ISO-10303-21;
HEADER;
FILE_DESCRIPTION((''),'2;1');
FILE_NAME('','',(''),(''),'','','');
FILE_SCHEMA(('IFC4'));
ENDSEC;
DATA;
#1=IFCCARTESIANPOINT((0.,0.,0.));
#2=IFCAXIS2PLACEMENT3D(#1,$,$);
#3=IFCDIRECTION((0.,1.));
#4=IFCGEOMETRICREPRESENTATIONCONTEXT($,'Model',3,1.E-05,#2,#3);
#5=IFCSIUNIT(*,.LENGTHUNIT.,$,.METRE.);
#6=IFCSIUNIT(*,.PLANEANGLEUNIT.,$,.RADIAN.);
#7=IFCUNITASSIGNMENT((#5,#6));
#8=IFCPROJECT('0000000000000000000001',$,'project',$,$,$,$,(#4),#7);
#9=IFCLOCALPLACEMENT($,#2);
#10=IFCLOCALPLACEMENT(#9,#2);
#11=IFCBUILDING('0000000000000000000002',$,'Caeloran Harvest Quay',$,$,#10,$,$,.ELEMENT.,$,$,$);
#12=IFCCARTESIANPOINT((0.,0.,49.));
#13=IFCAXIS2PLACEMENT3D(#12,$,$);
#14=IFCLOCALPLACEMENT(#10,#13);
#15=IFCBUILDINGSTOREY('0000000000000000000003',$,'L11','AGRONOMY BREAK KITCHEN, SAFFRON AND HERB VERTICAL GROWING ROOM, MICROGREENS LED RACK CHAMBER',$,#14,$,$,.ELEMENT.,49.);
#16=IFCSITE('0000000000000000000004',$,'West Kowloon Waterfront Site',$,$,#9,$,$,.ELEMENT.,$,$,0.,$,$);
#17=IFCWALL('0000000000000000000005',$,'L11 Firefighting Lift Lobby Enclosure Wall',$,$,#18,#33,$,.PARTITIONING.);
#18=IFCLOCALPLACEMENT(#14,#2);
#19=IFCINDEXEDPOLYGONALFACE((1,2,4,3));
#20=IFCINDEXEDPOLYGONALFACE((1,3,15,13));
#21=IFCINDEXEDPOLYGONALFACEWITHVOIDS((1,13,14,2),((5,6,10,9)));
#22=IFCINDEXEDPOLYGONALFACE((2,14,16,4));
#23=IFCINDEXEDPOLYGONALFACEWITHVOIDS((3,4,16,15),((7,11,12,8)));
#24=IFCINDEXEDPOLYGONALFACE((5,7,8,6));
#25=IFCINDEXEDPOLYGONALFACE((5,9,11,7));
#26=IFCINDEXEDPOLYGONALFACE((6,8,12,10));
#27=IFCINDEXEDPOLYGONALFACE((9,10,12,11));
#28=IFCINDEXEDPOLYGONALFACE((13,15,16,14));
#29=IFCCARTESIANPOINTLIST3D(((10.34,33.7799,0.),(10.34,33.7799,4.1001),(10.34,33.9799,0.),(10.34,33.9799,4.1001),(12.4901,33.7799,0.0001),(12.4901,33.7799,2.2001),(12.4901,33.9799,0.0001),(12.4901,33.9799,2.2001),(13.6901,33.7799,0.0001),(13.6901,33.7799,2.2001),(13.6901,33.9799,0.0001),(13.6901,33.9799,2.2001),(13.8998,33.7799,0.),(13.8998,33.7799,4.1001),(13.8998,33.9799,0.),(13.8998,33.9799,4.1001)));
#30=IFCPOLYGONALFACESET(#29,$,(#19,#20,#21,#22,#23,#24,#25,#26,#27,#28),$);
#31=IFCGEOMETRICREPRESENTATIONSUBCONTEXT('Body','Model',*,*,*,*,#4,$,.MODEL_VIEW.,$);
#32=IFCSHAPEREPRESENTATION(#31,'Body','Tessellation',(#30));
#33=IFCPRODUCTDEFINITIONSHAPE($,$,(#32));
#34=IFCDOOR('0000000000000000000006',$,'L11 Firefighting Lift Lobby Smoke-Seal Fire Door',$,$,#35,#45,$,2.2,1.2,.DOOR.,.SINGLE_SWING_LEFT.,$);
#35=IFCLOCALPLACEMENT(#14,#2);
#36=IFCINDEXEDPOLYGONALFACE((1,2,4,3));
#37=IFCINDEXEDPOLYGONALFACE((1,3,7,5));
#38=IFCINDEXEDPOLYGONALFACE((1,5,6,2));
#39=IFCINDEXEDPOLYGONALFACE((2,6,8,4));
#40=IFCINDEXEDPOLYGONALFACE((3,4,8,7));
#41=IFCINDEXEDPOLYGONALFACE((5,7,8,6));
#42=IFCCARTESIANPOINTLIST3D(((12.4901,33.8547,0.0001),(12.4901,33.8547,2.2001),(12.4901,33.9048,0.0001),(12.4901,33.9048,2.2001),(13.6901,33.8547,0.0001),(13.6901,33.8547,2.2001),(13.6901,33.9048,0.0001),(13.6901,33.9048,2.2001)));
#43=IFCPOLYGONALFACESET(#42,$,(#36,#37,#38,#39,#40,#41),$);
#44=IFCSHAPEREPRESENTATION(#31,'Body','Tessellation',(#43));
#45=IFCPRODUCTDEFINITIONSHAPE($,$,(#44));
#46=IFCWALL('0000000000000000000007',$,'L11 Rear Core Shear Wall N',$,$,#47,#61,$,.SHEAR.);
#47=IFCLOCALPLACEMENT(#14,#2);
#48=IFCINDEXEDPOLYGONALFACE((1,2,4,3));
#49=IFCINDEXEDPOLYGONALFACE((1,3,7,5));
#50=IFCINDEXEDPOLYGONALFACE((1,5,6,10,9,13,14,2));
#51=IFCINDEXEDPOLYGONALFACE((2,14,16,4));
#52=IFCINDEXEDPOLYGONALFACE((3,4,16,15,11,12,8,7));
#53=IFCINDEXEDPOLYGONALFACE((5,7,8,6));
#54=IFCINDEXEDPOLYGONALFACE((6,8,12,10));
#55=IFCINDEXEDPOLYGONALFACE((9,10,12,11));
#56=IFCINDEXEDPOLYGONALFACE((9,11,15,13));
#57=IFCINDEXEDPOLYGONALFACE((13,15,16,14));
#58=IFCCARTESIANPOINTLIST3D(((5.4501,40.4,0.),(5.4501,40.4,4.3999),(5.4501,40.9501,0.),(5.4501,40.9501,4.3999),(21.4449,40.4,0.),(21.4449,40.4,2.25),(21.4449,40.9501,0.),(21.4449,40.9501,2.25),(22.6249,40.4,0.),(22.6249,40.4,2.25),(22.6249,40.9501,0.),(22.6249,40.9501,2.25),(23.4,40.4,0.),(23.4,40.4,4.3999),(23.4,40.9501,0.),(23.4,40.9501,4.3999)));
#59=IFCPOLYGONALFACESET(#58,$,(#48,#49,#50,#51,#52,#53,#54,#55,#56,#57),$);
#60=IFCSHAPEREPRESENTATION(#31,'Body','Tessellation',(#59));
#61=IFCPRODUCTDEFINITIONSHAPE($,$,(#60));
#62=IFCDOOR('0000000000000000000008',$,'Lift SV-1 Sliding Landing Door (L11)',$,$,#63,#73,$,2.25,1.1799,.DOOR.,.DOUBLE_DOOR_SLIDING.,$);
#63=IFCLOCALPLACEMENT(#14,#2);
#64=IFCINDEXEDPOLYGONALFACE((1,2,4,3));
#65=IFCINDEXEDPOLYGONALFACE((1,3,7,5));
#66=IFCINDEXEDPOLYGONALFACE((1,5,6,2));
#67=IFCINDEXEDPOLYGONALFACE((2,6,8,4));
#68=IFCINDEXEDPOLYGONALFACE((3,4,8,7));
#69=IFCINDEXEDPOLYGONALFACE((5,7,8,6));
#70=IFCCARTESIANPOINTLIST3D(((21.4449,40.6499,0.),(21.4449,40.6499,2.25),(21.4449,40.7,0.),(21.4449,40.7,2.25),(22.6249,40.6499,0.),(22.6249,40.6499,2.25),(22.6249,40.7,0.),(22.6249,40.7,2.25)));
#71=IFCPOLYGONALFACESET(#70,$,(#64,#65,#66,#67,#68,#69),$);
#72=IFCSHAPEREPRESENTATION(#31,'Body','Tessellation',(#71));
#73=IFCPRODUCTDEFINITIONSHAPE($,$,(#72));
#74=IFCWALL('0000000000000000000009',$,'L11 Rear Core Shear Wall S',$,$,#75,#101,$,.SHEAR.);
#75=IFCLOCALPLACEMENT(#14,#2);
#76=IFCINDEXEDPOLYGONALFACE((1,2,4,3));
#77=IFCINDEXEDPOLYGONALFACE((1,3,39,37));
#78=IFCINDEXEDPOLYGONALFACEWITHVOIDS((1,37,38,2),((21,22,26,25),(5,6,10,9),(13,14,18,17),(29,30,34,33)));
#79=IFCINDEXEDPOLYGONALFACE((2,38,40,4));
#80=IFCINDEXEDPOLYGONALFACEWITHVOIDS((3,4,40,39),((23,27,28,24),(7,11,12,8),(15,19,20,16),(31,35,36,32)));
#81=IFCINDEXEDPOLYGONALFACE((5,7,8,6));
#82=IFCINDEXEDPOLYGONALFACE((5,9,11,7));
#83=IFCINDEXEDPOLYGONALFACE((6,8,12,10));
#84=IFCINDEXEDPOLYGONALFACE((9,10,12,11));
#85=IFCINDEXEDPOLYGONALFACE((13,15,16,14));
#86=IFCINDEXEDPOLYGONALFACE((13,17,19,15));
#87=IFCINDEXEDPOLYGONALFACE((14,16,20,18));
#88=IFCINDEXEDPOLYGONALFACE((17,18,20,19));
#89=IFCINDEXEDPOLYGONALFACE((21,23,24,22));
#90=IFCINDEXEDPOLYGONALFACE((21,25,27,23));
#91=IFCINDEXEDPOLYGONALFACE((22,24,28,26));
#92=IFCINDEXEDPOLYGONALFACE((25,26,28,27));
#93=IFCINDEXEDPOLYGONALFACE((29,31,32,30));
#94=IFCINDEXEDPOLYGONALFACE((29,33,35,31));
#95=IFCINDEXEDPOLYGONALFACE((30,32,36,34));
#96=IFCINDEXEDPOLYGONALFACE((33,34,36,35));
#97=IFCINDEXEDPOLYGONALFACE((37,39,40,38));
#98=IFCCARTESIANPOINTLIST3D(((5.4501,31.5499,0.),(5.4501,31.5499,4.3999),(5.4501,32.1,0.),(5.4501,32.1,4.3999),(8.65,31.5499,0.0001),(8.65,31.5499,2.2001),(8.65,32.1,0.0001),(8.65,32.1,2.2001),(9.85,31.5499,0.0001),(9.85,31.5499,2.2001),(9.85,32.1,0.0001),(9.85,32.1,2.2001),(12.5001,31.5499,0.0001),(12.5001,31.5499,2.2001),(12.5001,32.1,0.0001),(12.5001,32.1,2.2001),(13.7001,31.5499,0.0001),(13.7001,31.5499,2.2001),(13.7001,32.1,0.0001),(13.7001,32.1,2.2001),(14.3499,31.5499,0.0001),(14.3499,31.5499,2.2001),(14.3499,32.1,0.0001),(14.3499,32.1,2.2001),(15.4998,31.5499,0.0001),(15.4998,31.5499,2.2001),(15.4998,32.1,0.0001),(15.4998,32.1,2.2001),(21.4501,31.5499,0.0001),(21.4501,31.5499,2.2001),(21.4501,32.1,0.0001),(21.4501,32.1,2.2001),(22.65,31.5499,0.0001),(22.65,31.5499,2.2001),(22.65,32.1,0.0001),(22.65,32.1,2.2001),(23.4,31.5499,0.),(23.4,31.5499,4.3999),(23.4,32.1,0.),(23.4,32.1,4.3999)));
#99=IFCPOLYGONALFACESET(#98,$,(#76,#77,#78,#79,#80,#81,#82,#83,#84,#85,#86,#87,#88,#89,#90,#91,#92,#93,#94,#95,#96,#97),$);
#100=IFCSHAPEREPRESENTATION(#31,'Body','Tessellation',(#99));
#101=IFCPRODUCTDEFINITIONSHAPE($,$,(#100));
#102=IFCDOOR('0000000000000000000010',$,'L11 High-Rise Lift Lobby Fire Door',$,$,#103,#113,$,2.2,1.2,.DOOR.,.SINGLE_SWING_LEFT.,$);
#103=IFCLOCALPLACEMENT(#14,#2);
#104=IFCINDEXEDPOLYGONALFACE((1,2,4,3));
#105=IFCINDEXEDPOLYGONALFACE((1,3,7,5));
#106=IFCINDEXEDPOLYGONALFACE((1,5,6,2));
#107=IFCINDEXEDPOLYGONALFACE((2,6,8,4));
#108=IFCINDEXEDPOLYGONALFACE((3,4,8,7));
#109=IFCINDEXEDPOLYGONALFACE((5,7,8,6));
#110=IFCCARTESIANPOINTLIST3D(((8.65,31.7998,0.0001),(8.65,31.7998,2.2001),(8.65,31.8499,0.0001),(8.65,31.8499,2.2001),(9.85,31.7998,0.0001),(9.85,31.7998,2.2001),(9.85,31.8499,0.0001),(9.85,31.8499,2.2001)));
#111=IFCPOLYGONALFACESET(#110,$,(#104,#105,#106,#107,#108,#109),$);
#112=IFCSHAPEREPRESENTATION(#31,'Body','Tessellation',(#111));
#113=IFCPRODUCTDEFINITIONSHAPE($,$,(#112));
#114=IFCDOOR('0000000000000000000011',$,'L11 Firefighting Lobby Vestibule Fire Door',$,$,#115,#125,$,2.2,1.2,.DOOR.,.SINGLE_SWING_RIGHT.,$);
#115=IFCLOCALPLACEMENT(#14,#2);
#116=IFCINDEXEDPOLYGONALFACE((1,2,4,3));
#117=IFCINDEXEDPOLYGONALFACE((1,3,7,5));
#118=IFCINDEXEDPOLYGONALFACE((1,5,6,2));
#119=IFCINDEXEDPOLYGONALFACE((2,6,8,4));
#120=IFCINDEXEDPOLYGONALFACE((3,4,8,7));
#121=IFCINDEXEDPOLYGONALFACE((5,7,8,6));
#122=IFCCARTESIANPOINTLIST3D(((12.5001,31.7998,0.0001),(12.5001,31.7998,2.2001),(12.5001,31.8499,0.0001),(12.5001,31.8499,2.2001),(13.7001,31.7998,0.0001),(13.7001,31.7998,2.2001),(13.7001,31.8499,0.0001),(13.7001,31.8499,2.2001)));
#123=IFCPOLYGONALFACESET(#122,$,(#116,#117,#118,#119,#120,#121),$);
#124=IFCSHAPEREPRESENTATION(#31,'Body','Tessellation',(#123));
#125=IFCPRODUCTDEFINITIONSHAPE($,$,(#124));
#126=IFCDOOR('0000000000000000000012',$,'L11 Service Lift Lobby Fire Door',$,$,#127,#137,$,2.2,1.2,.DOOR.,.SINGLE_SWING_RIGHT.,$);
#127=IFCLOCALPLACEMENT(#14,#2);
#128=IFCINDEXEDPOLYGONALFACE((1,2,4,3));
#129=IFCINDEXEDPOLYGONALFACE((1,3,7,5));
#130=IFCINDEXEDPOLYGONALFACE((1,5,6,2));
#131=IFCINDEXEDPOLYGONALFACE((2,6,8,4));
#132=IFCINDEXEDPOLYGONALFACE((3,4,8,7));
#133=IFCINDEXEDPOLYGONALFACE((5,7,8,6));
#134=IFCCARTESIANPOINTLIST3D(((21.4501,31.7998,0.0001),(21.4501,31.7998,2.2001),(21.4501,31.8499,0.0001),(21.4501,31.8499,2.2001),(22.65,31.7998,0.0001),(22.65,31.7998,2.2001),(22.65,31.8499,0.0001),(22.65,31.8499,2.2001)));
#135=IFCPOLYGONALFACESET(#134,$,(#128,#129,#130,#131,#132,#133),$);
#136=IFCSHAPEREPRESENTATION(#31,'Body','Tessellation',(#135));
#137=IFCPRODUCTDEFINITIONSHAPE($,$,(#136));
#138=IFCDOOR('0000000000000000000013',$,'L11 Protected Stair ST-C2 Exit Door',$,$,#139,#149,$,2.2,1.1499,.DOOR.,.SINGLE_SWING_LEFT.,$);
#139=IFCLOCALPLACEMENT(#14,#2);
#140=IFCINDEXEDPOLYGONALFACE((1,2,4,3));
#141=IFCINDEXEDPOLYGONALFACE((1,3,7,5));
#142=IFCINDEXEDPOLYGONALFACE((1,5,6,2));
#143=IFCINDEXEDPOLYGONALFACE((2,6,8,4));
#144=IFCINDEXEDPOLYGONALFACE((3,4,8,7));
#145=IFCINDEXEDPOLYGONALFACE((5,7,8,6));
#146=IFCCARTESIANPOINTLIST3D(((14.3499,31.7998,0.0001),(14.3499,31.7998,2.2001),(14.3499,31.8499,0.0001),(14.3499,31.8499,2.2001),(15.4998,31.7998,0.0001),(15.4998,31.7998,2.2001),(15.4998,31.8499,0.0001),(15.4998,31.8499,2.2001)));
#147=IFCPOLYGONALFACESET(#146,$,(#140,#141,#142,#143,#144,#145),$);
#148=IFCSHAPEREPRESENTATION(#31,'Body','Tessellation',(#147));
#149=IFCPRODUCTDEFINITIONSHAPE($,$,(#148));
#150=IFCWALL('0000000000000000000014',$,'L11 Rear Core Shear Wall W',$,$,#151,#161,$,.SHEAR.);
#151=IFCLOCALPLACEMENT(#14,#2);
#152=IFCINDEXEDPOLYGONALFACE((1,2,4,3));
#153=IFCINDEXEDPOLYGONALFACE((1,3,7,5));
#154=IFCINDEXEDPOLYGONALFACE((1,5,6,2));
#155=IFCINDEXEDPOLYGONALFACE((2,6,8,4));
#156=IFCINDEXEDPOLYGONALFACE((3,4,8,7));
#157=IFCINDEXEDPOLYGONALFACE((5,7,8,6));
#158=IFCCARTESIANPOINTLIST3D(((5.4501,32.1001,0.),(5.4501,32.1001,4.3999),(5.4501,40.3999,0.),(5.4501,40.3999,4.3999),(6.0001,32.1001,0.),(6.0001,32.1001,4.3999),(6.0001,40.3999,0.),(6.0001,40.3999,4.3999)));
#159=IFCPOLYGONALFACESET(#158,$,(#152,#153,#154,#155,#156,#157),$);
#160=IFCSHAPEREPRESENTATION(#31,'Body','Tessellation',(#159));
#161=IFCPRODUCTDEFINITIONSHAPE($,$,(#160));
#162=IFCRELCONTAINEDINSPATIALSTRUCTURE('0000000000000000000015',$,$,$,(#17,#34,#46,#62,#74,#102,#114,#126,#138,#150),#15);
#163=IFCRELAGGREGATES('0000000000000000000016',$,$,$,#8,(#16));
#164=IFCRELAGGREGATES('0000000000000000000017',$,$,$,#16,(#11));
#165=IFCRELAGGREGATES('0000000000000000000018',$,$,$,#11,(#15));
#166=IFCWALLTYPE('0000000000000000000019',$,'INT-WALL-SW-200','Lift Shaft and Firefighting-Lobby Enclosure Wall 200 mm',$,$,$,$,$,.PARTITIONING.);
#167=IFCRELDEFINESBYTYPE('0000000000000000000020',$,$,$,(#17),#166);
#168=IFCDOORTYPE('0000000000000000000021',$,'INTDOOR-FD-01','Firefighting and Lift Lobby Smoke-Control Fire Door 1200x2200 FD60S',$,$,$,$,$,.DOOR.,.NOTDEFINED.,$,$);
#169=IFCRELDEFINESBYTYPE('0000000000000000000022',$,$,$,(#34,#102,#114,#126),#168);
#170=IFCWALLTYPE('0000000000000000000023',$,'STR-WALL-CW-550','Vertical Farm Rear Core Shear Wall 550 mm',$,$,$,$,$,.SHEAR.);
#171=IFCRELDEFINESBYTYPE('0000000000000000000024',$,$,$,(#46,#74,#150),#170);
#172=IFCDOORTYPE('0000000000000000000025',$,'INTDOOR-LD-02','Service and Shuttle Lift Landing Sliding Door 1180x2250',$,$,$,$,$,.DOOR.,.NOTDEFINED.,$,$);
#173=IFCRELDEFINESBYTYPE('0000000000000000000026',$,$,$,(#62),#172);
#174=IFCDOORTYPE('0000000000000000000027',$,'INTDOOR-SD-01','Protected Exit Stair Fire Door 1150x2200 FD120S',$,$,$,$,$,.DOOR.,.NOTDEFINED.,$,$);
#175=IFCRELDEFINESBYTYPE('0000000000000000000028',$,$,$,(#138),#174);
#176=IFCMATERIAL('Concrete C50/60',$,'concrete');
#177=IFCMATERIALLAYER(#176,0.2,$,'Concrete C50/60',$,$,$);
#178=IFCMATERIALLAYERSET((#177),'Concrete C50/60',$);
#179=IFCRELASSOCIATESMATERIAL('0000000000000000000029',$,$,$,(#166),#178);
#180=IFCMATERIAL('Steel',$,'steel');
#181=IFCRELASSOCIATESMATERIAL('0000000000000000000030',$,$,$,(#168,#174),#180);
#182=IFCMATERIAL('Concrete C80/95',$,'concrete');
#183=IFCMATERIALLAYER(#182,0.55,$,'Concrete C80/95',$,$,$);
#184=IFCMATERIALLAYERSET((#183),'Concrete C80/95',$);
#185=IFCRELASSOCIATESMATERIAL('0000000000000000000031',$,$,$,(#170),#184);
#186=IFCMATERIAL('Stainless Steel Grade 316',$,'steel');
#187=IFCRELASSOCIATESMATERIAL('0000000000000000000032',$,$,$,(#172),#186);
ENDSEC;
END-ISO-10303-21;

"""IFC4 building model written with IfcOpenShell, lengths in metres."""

from ifc_helpers import new_model, si_unit, direction, frame, frame_2d, origin, place, context, subcontext, project, spatial, rectangle, extrude, material, layer, layer_set, type_object, element, fill, save


model = new_model("IFC4")

# Units and contexts
model_context = context("Model", 3, precision=1e-05, world=origin(), true_north=direction((0.0, 1.0)))
body_context = subcontext(model_context, "Body", "Model", "MODEL_VIEW")
ifc_project = project(units=[si_unit("LENGTHUNIT", "METRE"), si_unit("PLANEANGLEUNIT", "RADIAN")], contexts=[model_context])

# Site, building, storey
site_placement = place(None, origin())
site = spatial("IfcSite", under=ifc_project, at=site_placement, Name="West Kowloon Waterfront Site", CompositionType="ELEMENT", RefElevation=0.0)
building_placement = place(site_placement, origin())
building = spatial("IfcBuilding", under=site, at=building_placement, Name="Caeloran Harvest Quay", CompositionType="ELEMENT")
storey_placement = place(building_placement, frame((0.0, 0.0, 49.0)))
storey = spatial("IfcBuildingStorey", under=building, at=storey_placement, Name="L11", Description="AGRONOMY BREAK KITCHEN, SAFFRON AND HERB VERTICAL GROWING ROOM, MICROGREENS LED RACK CHAMBER", CompositionType="ELEMENT", Elevation=49.0)

# Shared definitions
ifc_material_1 = material(Name="Concrete C80/95", Category="concrete")

# Shared definitions
ifc_material_2 = material(Name="Concrete C50/60", Category="concrete")
ifc_layer_1 = layer(ifc_material_2, 0.2, Name="Concrete C50/60")
ifc_layer_set_1 = layer_set([ifc_layer_1], Name="Concrete C50/60")
wall_type_1 = type_object("IfcWallType", Name="INT-WALL-SW-200", Description="Lift Shaft and Firefighting-Lobby Enclosure Wall 200 mm", PredefinedType="PARTITIONING", material=ifc_layer_set_1)

# Shared definitions
ifc_material_3 = material(Name="Stainless Steel Grade 316", Category="steel")

# Walls, openings, doors
wall_1_placement = place(storey_placement, frame((10.3401, 33.8799, 0.0), z_axis=(0.0, 0.0, 1.0), x_axis=(1.0, 0.0, 0.0)))
wall_1 = element("IfcWall", 1, at=wall_1_placement, inside=storey, type_object=wall_type_1, Name="L11 Firefighting Lift Lobby Enclosure Wall", PredefinedType="PARTITIONING", context=body_context, shape_type="SweptSolid", body=[
    extrude(rectangle(XDim=3.5598, YDim=0.2, at=frame_2d((1.7798, 0.0))), origin(), (0.0, 0.0, 1.0), 4.1001),
])
opening_1_placement = place(wall_1_placement, frame((2.1499, 0.0, 0.0)))
opening_1 = element("IfcOpeningElement", 2, at=opening_1_placement, cuts=wall_1, PredefinedType="OPENING", context=body_context, shape_type="SweptSolid", body=[
    extrude(rectangle(XDim=1.2, YDim=2.2, at=frame_2d((0.6001, 1.1001))), frame((0.0, 0.1099, 0.0), z_axis=(0.0, -1.0, 0.0), x_axis=(1.0, 0.0, 0.0)), (0.0, 0.0, 1.0), 0.22),
])
ifc_material_4 = material(Name="Steel", Category="steel")
door_type_1 = type_object("IfcDoorType", Name="INTDOOR-FD-01", Description="Firefighting and Lift Lobby Smoke-Control Fire Door 1200x2200 FD60S", OperationType="NOTDEFINED", PredefinedType="DOOR", material=ifc_material_4)
door_1_placement = place(opening_1_placement, origin())
door_1 = element("IfcDoor", 3, at=door_1_placement, inside=storey, type_object=door_type_1, Name="L11 Firefighting Lift Lobby Smoke-Seal Fire Door", OperationType="SINGLE_SWING_LEFT", OverallHeight=2.2, OverallWidth=1.2, PredefinedType="DOOR", context=body_context, shape_type="SweptSolid", body=[
    extrude(rectangle(XDim=1.2, YDim=2.2, at=frame_2d((0.6001, 1.1001))), frame((0.0, 0.0249, 0.0), z_axis=(0.0, -1.0, 0.0), x_axis=(1.0, 0.0, 0.0)), (0.0, 0.0, 1.0), 0.05),
])
fill(opening_1, door_1)
ifc_layer_2 = layer(ifc_material_1, 0.55, Name="Concrete C80/95")
ifc_layer_set_2 = layer_set([ifc_layer_2], Name="Concrete C80/95")
wall_type_2 = type_object("IfcWallType", Name="STR-WALL-CW-550", Description="Vertical Farm Rear Core Shear Wall 550 mm", PredefinedType="SHEAR", material=ifc_layer_set_2)
wall_2_placement = place(storey_placement, frame((5.45, 40.675, 0.0), z_axis=(0.0, 0.0, 1.0), x_axis=(1.0, 0.0, 0.0)))
wall_2 = element("IfcWall", 4, at=wall_2_placement, inside=storey, type_object=wall_type_2, Name="L11 Rear Core Shear Wall N", PredefinedType="SHEAR", context=body_context, shape_type="SweptSolid", body=[
    extrude(rectangle(XDim=17.95, YDim=0.55, at=frame_2d((8.9751, 0.0))), origin(), (0.0, 0.0, 1.0), 4.3999),
])
opening_2_placement = place(wall_2_placement, frame((15.9951, 0.0, 0.0)))
opening_2 = element("IfcOpeningElement", 5, at=opening_2_placement, cuts=wall_2, PredefinedType="OPENING", context=body_context, shape_type="SweptSolid", body=[
    extrude(rectangle(XDim=1.1799, YDim=2.25, at=frame_2d((0.5898, 1.125))), frame((0.0, 0.2852, 0.0), z_axis=(0.0, -1.0, 0.0), x_axis=(1.0, 0.0, 0.0)), (0.0, 0.0, 1.0), 0.5701),
])
door_type_2 = type_object("IfcDoorType", Name="INTDOOR-LD-02", Description="Service and Shuttle Lift Landing Sliding Door 1180x2250", OperationType="NOTDEFINED", PredefinedType="DOOR", material=ifc_material_3)
door_2_placement = place(opening_2_placement, origin())
door_2 = element("IfcDoor", 6, at=door_2_placement, inside=storey, type_object=door_type_2, Name="Lift SV-1 Sliding Landing Door (L11)", OperationType="DOUBLE_DOOR_SLIDING", OverallHeight=2.25, OverallWidth=1.1799, PredefinedType="DOOR", context=body_context, shape_type="SweptSolid", body=[
    extrude(rectangle(XDim=1.1799, YDim=2.25, at=frame_2d((0.5898, 1.125))), frame((0.0, 0.0249, 0.0), z_axis=(0.0, -1.0, 0.0), x_axis=(1.0, 0.0, 0.0)), (0.0, 0.0, 1.0), 0.05),
])
fill(opening_2, door_2)

# Wall, openings, doors
wall_3_placement = place(storey_placement, frame((5.45, 31.825, 0.0), z_axis=(0.0, 0.0, 1.0), x_axis=(1.0, 0.0, 0.0)))
wall_3 = element("IfcWall", 7, at=wall_3_placement, inside=storey, type_object=wall_type_2, Name="L11 Rear Core Shear Wall S", PredefinedType="SHEAR", context=body_context, shape_type="SweptSolid", body=[
    extrude(rectangle(XDim=17.95, YDim=0.55, at=frame_2d((8.9751, 0.0))), origin(), (0.0, 0.0, 1.0), 4.3999),
])
opening_3_placement = place(wall_3_placement, frame((3.2, 0.0, 0.0)))
opening_3 = element("IfcOpeningElement", 8, at=opening_3_placement, cuts=wall_3, PredefinedType="OPENING", context=body_context, shape_type="SweptSolid", body=[
    extrude(rectangle(XDim=1.2, YDim=2.2, at=frame_2d((0.6001, 1.1001))), frame((0.0, 0.2852, 0.0), z_axis=(0.0, -1.0, 0.0), x_axis=(1.0, 0.0, 0.0)), (0.0, 0.0, 1.0), 0.5701),
])
opening_4_placement = place(wall_3_placement, frame((7.05, 0.0, 0.0)))
opening_4 = element("IfcOpeningElement", 9, at=opening_4_placement, cuts=wall_3, PredefinedType="OPENING", context=body_context, shape_type="SweptSolid", body=[
    extrude(rectangle(XDim=1.2, YDim=2.2, at=frame_2d((0.6001, 1.1001))), frame((0.0, 0.2852, 0.0), z_axis=(0.0, -1.0, 0.0), x_axis=(1.0, 0.0, 0.0)), (0.0, 0.0, 1.0), 0.5701),
])
opening_5_placement = place(wall_3_placement, frame((8.8999, 0.0, 0.0)))
opening_5 = element("IfcOpeningElement", 10, at=opening_5_placement, cuts=wall_3, PredefinedType="OPENING", context=body_context, shape_type="SweptSolid", body=[
    extrude(rectangle(XDim=1.1499, YDim=2.2, at=frame_2d((0.575, 1.1001))), frame((0.0, 0.2852, 0.0), z_axis=(0.0, -1.0, 0.0), x_axis=(1.0, 0.0, 0.0)), (0.0, 0.0, 1.0), 0.5701),
])
opening_6_placement = place(wall_3_placement, frame((16.0, 0.0, 0.0)))
opening_6 = element("IfcOpeningElement", 11, at=opening_6_placement, cuts=wall_3, PredefinedType="OPENING", context=body_context, shape_type="SweptSolid", body=[
    extrude(rectangle(XDim=1.2, YDim=2.2, at=frame_2d((0.6001, 1.1001))), frame((0.0, 0.2852, 0.0), z_axis=(0.0, -1.0, 0.0), x_axis=(1.0, 0.0, 0.0)), (0.0, 0.0, 1.0), 0.5701),
])
door_3_placement = place(opening_3_placement, origin())
door_3 = element("IfcDoor", 12, at=door_3_placement, inside=storey, type_object=door_type_1, Name="L11 High-Rise Lift Lobby Fire Door", OperationType="SINGLE_SWING_LEFT", OverallHeight=2.2, OverallWidth=1.2, PredefinedType="DOOR", context=body_context, shape_type="SweptSolid", body=[
    extrude(rectangle(XDim=1.2, YDim=2.2, at=frame_2d((0.6001, 1.1001))), frame((0.0, 0.0249, 0.0), z_axis=(0.0, -1.0, 0.0), x_axis=(1.0, 0.0, 0.0)), (0.0, 0.0, 1.0), 0.05),
])
fill(opening_3, door_3)
door_4_placement = place(opening_4_placement, origin())
door_4 = element("IfcDoor", 13, at=door_4_placement, inside=storey, type_object=door_type_1, Name="L11 Firefighting Lobby Vestibule Fire Door", OperationType="SINGLE_SWING_RIGHT", OverallHeight=2.2, OverallWidth=1.2, PredefinedType="DOOR", context=body_context, shape_type="SweptSolid", body=[
    extrude(rectangle(XDim=1.2, YDim=2.2, at=frame_2d((0.6001, 1.1001))), frame((0.0, 0.0249, 0.0), z_axis=(0.0, -1.0, 0.0), x_axis=(1.0, 0.0, 0.0)), (0.0, 0.0, 1.0), 0.05),
])
fill(opening_4, door_4)
door_5_placement = place(opening_6_placement, origin())
door_5 = element("IfcDoor", 14, at=door_5_placement, inside=storey, type_object=door_type_1, Name="L11 Service Lift Lobby Fire Door", OperationType="SINGLE_SWING_RIGHT", OverallHeight=2.2, OverallWidth=1.2, PredefinedType="DOOR", context=body_context, shape_type="SweptSolid", body=[
    extrude(rectangle(XDim=1.2, YDim=2.2, at=frame_2d((0.6001, 1.1001))), frame((0.0, 0.0249, 0.0), z_axis=(0.0, -1.0, 0.0), x_axis=(1.0, 0.0, 0.0)), (0.0, 0.0, 1.0), 0.05),
])
fill(opening_6, door_5)
door_type_3 = type_object("IfcDoorType", Name="INTDOOR-SD-01", Description="Protected Exit Stair Fire Door 1150x2200 FD120S", OperationType="NOTDEFINED", PredefinedType="DOOR", material=ifc_material_4)
door_6_placement = place(opening_5_placement, origin())
door_6 = element("IfcDoor", 15, at=door_6_placement, inside=storey, type_object=door_type_3, Name="L11 Protected Stair ST-C2 Exit Door", OperationType="SINGLE_SWING_LEFT", OverallHeight=2.2, OverallWidth=1.1499, PredefinedType="DOOR", context=body_context, shape_type="SweptSolid", body=[
    extrude(rectangle(XDim=1.1499, YDim=2.2, at=frame_2d((0.575, 1.1001))), frame((0.0, 0.0249, 0.0), z_axis=(0.0, -1.0, 0.0), x_axis=(1.0, 0.0, 0.0)), (0.0, 0.0, 1.0), 0.05),
])
fill(opening_5, door_6)

# Wall
wall_4_placement = place(storey_placement, frame((5.7251, 32.1001, 0.0), z_axis=(0.0, 0.0, 1.0), x_axis=(0.0, 1.0, 0.0)))
element("IfcWall", 16, at=wall_4_placement, inside=storey, type_object=wall_type_2, Name="L11 Rear Core Shear Wall W", PredefinedType="SHEAR", context=body_context, shape_type="SweptSolid", body=[
    extrude(rectangle(XDim=8.2998, YDim=0.55, at=frame_2d((4.1499, 0.0))), origin(), (0.0, 0.0, 1.0), 4.3999),
])

save(model, "model.ifc")
